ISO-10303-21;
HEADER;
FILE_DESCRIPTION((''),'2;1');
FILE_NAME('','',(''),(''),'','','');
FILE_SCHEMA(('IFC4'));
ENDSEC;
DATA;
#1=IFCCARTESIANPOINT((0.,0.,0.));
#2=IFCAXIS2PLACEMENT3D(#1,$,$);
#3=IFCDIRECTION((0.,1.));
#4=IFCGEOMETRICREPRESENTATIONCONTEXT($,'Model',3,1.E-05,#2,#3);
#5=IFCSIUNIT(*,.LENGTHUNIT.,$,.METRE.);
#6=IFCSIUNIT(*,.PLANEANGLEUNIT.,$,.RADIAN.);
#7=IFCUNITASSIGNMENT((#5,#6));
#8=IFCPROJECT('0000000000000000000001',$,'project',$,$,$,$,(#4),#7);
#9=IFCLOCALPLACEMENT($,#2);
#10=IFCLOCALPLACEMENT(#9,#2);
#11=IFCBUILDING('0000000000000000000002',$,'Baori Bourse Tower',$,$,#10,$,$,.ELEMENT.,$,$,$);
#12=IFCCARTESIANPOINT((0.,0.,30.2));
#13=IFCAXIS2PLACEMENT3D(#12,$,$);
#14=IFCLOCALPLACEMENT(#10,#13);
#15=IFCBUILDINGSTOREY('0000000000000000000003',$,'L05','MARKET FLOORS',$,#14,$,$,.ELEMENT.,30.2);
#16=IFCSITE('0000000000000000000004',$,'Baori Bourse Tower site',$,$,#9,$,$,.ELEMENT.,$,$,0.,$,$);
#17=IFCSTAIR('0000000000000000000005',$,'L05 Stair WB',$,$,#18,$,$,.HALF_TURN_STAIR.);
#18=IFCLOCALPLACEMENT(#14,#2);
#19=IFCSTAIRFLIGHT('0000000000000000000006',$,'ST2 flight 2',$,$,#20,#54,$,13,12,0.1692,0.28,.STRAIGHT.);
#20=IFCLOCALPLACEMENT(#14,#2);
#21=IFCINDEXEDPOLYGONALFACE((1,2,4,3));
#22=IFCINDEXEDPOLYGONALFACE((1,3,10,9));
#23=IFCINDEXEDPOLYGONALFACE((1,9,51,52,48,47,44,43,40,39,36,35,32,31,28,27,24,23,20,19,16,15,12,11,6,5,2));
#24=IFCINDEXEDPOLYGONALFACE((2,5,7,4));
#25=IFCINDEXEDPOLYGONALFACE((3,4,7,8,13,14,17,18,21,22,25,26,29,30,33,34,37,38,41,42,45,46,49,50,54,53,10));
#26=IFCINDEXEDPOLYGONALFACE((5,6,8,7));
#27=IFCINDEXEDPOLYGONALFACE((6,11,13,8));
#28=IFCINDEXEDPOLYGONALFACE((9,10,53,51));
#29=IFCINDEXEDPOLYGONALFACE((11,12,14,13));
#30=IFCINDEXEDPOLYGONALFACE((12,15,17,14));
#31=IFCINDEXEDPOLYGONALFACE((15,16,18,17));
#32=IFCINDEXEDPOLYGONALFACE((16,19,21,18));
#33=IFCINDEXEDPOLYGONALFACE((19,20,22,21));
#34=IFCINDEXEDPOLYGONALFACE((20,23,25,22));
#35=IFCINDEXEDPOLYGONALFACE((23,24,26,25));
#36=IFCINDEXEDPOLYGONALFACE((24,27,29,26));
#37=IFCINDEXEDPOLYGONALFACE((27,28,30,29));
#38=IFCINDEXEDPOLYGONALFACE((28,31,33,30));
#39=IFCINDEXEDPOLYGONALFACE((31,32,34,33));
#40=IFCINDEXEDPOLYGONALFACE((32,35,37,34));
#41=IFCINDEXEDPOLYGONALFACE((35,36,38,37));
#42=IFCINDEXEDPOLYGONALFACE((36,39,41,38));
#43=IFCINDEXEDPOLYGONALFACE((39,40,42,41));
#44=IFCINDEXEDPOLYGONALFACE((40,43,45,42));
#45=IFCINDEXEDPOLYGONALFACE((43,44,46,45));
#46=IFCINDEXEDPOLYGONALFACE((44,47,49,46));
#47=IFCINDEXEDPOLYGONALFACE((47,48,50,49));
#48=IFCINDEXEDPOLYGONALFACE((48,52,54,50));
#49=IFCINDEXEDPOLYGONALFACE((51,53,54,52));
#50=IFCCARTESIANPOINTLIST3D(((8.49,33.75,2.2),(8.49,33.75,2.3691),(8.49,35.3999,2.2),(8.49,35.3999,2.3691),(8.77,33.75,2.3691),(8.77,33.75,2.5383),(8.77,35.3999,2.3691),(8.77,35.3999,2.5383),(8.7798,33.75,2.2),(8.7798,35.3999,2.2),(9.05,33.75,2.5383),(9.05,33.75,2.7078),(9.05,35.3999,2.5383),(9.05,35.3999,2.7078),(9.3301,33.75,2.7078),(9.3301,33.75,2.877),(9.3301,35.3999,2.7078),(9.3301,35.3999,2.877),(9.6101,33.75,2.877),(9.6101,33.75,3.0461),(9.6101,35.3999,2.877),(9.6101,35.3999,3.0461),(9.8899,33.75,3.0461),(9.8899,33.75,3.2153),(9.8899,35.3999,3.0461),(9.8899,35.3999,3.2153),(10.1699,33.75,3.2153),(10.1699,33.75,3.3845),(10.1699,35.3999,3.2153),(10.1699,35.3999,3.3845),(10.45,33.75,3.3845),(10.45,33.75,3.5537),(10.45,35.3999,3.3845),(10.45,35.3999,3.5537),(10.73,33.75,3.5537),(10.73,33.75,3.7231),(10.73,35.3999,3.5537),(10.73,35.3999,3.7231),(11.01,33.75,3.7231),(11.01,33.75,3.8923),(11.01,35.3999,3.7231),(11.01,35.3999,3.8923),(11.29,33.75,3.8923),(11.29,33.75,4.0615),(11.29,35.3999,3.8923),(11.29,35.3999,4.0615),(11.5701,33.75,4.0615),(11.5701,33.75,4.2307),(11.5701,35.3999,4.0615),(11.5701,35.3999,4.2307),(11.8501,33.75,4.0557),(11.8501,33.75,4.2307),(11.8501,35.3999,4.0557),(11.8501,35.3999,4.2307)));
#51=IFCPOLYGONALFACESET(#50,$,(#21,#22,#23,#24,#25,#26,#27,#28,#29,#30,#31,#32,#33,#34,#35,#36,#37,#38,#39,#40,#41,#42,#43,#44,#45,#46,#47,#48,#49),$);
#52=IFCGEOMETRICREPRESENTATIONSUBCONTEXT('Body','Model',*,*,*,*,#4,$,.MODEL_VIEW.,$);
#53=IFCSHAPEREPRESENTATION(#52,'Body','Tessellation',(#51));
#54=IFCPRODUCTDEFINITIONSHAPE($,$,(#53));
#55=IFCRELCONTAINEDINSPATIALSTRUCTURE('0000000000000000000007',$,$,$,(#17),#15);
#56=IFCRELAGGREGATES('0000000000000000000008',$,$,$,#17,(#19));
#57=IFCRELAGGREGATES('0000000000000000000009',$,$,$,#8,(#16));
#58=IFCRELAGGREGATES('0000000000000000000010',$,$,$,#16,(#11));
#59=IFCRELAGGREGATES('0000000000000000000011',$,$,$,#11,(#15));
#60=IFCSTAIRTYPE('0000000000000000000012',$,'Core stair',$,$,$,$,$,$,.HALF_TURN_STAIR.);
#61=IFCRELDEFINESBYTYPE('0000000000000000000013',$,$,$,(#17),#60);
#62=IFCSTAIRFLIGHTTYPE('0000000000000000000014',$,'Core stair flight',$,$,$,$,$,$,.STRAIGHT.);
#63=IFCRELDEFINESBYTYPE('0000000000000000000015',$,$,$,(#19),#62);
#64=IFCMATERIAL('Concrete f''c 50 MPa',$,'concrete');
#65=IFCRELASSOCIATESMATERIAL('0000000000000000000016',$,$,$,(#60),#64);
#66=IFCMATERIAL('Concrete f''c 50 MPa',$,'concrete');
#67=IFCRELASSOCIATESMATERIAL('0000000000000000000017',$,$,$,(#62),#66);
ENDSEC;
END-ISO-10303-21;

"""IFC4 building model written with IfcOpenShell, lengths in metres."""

from ifc_helpers import new_model, si_unit, direction, frame, origin, place, context, subcontext, project, spatial, polyline, outline, extrude, material, type_object, element, aggregate, save


model = new_model("IFC4")

# Units and contexts
model_context = context("Model", 3, precision=1e-05, world=origin(), true_north=direction((0.0, 1.0)))
body_context = subcontext(model_context, "Body", "Model", "MODEL_VIEW")
ifc_project = project(units=[si_unit("LENGTHUNIT", "METRE"), si_unit("PLANEANGLEUNIT", "RADIAN")], contexts=[model_context])

# Site, building, storey
site_placement = place(None, origin())
site = spatial("IfcSite", under=ifc_project, at=site_placement, Name="Baori Bourse Tower site", CompositionType="ELEMENT", RefElevation=0.0)
building_placement = place(site_placement, origin())
building = spatial("IfcBuilding", under=site, at=building_placement, Name="Baori Bourse Tower", CompositionType="ELEMENT")
storey_placement = place(building_placement, frame((0.0, 0.0, 30.2)))
storey = spatial("IfcBuildingStorey", under=building, at=storey_placement, Name="L05", Description="MARKET FLOORS", CompositionType="ELEMENT", Elevation=30.2)

# Stair, stair flight
ifc_material_1 = material(Name="Concrete f'c 50 MPa", Category="concrete")
stair_type = type_object("IfcStairType", Name="Core stair", PredefinedType="HALF_TURN_STAIR", material=ifc_material_1)
stair_placement = place(storey_placement, origin())
stair = element("IfcStair", 1, at=stair_placement, inside=storey, type_object=stair_type, Name="L05 Stair WB", PredefinedType="HALF_TURN_STAIR")
ifc_material_2 = material(Name="Concrete f'c 50 MPa", Category="concrete")
stair_flight_type = type_object("IfcStairFlightType", Name="Core stair flight", PredefinedType="STRAIGHT", material=ifc_material_2)
stair_flight_1_placement = place(storey_placement, frame((8.49, 34.575, 2.2), z_axis=(0.0, 0.0, 1.0), x_axis=(1.0, 0.0, 0.0)))
stair_flight_1 = element("IfcStairFlight", 2, at=stair_flight_1_placement, type_object=stair_flight_type, Name="ST2 flight 2", NumberOfRisers=13, NumberOfTreads=12, PredefinedType="STRAIGHT", RiserHeight=0.1692, TreadLength=0.28, context=body_context, shape_type="SweptSolid", body=[
    extrude(outline(polyline([(0.0, 0.0), (0.0, 0.1692), (0.28, 0.1692), (0.28, 0.3384), (0.5601, 0.3384), (0.5601, 0.5078), (0.8401, 0.5078), (0.8401, 0.677), (1.1201, 0.677), (1.1201, 0.8462), (1.3999, 0.8462), (1.3999, 1.0154), (1.6799, 1.0154), (1.6799, 1.1846), (1.96, 1.1846), (1.96, 1.3538), (2.24, 1.3538), (2.24, 1.5232), (2.52, 1.5232), (2.52, 1.6924), (2.8, 1.6924), (2.8, 1.8616), (3.0801, 1.8616), (3.0801, 2.0308), (3.3601, 2.0308), (3.3601, 2.2), (3.3601, 1.8557), (0.2898, 0.0), (0.0, 0.0)])), frame((0.0, 0.825, 0.0), z_axis=(0.0, -1.0, 0.0), x_axis=(1.0, 0.0, 0.0)), (0.0, 0.0, 1.0), 1.6499),
])
aggregate(stair, [stair_flight_1])

save(model, "model.ifc")
